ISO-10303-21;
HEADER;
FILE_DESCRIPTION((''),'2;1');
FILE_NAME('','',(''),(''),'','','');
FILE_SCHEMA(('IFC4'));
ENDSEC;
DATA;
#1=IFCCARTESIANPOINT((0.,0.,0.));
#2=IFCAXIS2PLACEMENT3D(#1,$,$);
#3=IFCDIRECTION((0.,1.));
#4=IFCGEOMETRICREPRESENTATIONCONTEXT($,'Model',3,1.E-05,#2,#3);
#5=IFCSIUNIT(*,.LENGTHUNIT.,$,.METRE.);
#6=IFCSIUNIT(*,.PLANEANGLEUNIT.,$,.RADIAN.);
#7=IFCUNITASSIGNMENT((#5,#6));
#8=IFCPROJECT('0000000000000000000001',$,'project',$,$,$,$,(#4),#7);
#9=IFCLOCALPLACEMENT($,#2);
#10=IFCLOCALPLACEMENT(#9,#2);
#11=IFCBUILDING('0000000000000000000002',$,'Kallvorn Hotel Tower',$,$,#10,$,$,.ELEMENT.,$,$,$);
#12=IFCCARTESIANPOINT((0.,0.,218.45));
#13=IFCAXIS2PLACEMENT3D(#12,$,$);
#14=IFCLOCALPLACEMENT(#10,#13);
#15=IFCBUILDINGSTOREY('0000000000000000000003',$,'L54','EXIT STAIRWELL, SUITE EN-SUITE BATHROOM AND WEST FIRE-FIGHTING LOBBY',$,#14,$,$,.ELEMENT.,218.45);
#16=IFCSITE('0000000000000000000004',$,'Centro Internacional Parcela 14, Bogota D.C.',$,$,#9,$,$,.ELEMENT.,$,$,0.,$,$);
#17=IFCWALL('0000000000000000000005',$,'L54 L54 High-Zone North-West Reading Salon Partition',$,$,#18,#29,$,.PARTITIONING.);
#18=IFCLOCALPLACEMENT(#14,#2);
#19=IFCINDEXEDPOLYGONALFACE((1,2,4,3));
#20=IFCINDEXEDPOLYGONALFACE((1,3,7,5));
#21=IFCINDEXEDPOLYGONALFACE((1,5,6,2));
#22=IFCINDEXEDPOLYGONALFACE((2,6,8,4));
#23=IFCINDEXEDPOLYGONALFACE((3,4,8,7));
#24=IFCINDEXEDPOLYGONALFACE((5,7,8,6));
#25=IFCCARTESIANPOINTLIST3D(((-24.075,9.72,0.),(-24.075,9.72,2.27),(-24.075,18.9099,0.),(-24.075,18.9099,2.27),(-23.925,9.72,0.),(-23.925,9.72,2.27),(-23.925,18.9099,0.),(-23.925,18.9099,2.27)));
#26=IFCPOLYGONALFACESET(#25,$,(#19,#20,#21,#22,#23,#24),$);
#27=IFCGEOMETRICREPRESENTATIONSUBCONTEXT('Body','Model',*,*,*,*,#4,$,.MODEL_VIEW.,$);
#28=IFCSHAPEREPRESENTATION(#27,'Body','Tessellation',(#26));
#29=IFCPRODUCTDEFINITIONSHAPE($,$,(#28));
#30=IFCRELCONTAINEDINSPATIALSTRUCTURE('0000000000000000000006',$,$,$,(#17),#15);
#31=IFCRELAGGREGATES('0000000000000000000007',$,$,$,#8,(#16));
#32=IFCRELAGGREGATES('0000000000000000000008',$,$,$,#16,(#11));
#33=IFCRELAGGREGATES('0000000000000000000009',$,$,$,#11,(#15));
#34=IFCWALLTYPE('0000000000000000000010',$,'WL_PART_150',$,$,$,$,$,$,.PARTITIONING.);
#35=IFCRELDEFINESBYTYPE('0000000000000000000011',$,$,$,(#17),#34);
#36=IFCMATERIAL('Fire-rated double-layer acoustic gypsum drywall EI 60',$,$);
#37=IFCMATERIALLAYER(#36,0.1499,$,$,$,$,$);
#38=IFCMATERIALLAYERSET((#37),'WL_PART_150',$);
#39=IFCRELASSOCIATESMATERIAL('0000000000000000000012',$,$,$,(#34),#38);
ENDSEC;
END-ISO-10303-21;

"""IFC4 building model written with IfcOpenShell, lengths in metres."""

from ifc_helpers import new_model, si_unit, direction, frame, frame_2d, origin, place, context, subcontext, project, spatial, rectangle, extrude, material, layer, layer_set, type_object, element, save


model = new_model("IFC4")

# Units and contexts
model_context = context("Model", 3, precision=1e-05, world=origin(), true_north=direction((0.0, 1.0)))
body_context = subcontext(model_context, "Body", "Model", "MODEL_VIEW")
ifc_project = project(units=[si_unit("LENGTHUNIT", "METRE"), si_unit("PLANEANGLEUNIT", "RADIAN")], contexts=[model_context])

# Site, building, storey
site_placement = place(None, origin())
site = spatial("IfcSite", under=ifc_project, at=site_placement, Name="Centro Internacional Parcela 14, Bogota D.C.", CompositionType="ELEMENT", RefElevation=0.0)
building_placement = place(site_placement, origin())
building = spatial("IfcBuilding", under=site, at=building_placement, Name="Kallvorn Hotel Tower", CompositionType="ELEMENT")
storey_placement = place(building_placement, frame((0.0, 0.0, 218.45)))
storey = spatial("IfcBuildingStorey", under=building, at=storey_placement, Name="L54", Description="EXIT STAIRWELL, SUITE EN-SUITE BATHROOM AND WEST FIRE-FIGHTING LOBBY", CompositionType="ELEMENT", Elevation=218.45)

# Wall
ifc_material_1 = material(Name="Fire-rated double-layer acoustic gypsum drywall EI 60")
ifc_layer_1 = layer(ifc_material_1, 0.1499)
ifc_layer_set_1 = layer_set([ifc_layer_1], Name="WL_PART_150")
wall_type_1 = type_object("IfcWallType", Name="WL_PART_150", PredefinedType="PARTITIONING", material=ifc_layer_set_1)
wall_1_placement = place(storey_placement, frame((-24.0, 9.72, 0.0), z_axis=(0.0, 0.0, 1.0), x_axis=(0.0, 1.0, 0.0)))
element("IfcWall", 1, at=wall_1_placement, inside=storey, type_object=wall_type_1, Name="L54 L54 High-Zone North-West Reading Salon Partition", PredefinedType="PARTITIONING", context=body_context, shape_type="SweptSolid", body=[
    extrude(rectangle(XDim=9.1899, YDim=0.1499, at=frame_2d((4.595, 0.0))), origin(), (0.0, 0.0, 1.0), 2.27),
])

save(model, "model.ifc")
